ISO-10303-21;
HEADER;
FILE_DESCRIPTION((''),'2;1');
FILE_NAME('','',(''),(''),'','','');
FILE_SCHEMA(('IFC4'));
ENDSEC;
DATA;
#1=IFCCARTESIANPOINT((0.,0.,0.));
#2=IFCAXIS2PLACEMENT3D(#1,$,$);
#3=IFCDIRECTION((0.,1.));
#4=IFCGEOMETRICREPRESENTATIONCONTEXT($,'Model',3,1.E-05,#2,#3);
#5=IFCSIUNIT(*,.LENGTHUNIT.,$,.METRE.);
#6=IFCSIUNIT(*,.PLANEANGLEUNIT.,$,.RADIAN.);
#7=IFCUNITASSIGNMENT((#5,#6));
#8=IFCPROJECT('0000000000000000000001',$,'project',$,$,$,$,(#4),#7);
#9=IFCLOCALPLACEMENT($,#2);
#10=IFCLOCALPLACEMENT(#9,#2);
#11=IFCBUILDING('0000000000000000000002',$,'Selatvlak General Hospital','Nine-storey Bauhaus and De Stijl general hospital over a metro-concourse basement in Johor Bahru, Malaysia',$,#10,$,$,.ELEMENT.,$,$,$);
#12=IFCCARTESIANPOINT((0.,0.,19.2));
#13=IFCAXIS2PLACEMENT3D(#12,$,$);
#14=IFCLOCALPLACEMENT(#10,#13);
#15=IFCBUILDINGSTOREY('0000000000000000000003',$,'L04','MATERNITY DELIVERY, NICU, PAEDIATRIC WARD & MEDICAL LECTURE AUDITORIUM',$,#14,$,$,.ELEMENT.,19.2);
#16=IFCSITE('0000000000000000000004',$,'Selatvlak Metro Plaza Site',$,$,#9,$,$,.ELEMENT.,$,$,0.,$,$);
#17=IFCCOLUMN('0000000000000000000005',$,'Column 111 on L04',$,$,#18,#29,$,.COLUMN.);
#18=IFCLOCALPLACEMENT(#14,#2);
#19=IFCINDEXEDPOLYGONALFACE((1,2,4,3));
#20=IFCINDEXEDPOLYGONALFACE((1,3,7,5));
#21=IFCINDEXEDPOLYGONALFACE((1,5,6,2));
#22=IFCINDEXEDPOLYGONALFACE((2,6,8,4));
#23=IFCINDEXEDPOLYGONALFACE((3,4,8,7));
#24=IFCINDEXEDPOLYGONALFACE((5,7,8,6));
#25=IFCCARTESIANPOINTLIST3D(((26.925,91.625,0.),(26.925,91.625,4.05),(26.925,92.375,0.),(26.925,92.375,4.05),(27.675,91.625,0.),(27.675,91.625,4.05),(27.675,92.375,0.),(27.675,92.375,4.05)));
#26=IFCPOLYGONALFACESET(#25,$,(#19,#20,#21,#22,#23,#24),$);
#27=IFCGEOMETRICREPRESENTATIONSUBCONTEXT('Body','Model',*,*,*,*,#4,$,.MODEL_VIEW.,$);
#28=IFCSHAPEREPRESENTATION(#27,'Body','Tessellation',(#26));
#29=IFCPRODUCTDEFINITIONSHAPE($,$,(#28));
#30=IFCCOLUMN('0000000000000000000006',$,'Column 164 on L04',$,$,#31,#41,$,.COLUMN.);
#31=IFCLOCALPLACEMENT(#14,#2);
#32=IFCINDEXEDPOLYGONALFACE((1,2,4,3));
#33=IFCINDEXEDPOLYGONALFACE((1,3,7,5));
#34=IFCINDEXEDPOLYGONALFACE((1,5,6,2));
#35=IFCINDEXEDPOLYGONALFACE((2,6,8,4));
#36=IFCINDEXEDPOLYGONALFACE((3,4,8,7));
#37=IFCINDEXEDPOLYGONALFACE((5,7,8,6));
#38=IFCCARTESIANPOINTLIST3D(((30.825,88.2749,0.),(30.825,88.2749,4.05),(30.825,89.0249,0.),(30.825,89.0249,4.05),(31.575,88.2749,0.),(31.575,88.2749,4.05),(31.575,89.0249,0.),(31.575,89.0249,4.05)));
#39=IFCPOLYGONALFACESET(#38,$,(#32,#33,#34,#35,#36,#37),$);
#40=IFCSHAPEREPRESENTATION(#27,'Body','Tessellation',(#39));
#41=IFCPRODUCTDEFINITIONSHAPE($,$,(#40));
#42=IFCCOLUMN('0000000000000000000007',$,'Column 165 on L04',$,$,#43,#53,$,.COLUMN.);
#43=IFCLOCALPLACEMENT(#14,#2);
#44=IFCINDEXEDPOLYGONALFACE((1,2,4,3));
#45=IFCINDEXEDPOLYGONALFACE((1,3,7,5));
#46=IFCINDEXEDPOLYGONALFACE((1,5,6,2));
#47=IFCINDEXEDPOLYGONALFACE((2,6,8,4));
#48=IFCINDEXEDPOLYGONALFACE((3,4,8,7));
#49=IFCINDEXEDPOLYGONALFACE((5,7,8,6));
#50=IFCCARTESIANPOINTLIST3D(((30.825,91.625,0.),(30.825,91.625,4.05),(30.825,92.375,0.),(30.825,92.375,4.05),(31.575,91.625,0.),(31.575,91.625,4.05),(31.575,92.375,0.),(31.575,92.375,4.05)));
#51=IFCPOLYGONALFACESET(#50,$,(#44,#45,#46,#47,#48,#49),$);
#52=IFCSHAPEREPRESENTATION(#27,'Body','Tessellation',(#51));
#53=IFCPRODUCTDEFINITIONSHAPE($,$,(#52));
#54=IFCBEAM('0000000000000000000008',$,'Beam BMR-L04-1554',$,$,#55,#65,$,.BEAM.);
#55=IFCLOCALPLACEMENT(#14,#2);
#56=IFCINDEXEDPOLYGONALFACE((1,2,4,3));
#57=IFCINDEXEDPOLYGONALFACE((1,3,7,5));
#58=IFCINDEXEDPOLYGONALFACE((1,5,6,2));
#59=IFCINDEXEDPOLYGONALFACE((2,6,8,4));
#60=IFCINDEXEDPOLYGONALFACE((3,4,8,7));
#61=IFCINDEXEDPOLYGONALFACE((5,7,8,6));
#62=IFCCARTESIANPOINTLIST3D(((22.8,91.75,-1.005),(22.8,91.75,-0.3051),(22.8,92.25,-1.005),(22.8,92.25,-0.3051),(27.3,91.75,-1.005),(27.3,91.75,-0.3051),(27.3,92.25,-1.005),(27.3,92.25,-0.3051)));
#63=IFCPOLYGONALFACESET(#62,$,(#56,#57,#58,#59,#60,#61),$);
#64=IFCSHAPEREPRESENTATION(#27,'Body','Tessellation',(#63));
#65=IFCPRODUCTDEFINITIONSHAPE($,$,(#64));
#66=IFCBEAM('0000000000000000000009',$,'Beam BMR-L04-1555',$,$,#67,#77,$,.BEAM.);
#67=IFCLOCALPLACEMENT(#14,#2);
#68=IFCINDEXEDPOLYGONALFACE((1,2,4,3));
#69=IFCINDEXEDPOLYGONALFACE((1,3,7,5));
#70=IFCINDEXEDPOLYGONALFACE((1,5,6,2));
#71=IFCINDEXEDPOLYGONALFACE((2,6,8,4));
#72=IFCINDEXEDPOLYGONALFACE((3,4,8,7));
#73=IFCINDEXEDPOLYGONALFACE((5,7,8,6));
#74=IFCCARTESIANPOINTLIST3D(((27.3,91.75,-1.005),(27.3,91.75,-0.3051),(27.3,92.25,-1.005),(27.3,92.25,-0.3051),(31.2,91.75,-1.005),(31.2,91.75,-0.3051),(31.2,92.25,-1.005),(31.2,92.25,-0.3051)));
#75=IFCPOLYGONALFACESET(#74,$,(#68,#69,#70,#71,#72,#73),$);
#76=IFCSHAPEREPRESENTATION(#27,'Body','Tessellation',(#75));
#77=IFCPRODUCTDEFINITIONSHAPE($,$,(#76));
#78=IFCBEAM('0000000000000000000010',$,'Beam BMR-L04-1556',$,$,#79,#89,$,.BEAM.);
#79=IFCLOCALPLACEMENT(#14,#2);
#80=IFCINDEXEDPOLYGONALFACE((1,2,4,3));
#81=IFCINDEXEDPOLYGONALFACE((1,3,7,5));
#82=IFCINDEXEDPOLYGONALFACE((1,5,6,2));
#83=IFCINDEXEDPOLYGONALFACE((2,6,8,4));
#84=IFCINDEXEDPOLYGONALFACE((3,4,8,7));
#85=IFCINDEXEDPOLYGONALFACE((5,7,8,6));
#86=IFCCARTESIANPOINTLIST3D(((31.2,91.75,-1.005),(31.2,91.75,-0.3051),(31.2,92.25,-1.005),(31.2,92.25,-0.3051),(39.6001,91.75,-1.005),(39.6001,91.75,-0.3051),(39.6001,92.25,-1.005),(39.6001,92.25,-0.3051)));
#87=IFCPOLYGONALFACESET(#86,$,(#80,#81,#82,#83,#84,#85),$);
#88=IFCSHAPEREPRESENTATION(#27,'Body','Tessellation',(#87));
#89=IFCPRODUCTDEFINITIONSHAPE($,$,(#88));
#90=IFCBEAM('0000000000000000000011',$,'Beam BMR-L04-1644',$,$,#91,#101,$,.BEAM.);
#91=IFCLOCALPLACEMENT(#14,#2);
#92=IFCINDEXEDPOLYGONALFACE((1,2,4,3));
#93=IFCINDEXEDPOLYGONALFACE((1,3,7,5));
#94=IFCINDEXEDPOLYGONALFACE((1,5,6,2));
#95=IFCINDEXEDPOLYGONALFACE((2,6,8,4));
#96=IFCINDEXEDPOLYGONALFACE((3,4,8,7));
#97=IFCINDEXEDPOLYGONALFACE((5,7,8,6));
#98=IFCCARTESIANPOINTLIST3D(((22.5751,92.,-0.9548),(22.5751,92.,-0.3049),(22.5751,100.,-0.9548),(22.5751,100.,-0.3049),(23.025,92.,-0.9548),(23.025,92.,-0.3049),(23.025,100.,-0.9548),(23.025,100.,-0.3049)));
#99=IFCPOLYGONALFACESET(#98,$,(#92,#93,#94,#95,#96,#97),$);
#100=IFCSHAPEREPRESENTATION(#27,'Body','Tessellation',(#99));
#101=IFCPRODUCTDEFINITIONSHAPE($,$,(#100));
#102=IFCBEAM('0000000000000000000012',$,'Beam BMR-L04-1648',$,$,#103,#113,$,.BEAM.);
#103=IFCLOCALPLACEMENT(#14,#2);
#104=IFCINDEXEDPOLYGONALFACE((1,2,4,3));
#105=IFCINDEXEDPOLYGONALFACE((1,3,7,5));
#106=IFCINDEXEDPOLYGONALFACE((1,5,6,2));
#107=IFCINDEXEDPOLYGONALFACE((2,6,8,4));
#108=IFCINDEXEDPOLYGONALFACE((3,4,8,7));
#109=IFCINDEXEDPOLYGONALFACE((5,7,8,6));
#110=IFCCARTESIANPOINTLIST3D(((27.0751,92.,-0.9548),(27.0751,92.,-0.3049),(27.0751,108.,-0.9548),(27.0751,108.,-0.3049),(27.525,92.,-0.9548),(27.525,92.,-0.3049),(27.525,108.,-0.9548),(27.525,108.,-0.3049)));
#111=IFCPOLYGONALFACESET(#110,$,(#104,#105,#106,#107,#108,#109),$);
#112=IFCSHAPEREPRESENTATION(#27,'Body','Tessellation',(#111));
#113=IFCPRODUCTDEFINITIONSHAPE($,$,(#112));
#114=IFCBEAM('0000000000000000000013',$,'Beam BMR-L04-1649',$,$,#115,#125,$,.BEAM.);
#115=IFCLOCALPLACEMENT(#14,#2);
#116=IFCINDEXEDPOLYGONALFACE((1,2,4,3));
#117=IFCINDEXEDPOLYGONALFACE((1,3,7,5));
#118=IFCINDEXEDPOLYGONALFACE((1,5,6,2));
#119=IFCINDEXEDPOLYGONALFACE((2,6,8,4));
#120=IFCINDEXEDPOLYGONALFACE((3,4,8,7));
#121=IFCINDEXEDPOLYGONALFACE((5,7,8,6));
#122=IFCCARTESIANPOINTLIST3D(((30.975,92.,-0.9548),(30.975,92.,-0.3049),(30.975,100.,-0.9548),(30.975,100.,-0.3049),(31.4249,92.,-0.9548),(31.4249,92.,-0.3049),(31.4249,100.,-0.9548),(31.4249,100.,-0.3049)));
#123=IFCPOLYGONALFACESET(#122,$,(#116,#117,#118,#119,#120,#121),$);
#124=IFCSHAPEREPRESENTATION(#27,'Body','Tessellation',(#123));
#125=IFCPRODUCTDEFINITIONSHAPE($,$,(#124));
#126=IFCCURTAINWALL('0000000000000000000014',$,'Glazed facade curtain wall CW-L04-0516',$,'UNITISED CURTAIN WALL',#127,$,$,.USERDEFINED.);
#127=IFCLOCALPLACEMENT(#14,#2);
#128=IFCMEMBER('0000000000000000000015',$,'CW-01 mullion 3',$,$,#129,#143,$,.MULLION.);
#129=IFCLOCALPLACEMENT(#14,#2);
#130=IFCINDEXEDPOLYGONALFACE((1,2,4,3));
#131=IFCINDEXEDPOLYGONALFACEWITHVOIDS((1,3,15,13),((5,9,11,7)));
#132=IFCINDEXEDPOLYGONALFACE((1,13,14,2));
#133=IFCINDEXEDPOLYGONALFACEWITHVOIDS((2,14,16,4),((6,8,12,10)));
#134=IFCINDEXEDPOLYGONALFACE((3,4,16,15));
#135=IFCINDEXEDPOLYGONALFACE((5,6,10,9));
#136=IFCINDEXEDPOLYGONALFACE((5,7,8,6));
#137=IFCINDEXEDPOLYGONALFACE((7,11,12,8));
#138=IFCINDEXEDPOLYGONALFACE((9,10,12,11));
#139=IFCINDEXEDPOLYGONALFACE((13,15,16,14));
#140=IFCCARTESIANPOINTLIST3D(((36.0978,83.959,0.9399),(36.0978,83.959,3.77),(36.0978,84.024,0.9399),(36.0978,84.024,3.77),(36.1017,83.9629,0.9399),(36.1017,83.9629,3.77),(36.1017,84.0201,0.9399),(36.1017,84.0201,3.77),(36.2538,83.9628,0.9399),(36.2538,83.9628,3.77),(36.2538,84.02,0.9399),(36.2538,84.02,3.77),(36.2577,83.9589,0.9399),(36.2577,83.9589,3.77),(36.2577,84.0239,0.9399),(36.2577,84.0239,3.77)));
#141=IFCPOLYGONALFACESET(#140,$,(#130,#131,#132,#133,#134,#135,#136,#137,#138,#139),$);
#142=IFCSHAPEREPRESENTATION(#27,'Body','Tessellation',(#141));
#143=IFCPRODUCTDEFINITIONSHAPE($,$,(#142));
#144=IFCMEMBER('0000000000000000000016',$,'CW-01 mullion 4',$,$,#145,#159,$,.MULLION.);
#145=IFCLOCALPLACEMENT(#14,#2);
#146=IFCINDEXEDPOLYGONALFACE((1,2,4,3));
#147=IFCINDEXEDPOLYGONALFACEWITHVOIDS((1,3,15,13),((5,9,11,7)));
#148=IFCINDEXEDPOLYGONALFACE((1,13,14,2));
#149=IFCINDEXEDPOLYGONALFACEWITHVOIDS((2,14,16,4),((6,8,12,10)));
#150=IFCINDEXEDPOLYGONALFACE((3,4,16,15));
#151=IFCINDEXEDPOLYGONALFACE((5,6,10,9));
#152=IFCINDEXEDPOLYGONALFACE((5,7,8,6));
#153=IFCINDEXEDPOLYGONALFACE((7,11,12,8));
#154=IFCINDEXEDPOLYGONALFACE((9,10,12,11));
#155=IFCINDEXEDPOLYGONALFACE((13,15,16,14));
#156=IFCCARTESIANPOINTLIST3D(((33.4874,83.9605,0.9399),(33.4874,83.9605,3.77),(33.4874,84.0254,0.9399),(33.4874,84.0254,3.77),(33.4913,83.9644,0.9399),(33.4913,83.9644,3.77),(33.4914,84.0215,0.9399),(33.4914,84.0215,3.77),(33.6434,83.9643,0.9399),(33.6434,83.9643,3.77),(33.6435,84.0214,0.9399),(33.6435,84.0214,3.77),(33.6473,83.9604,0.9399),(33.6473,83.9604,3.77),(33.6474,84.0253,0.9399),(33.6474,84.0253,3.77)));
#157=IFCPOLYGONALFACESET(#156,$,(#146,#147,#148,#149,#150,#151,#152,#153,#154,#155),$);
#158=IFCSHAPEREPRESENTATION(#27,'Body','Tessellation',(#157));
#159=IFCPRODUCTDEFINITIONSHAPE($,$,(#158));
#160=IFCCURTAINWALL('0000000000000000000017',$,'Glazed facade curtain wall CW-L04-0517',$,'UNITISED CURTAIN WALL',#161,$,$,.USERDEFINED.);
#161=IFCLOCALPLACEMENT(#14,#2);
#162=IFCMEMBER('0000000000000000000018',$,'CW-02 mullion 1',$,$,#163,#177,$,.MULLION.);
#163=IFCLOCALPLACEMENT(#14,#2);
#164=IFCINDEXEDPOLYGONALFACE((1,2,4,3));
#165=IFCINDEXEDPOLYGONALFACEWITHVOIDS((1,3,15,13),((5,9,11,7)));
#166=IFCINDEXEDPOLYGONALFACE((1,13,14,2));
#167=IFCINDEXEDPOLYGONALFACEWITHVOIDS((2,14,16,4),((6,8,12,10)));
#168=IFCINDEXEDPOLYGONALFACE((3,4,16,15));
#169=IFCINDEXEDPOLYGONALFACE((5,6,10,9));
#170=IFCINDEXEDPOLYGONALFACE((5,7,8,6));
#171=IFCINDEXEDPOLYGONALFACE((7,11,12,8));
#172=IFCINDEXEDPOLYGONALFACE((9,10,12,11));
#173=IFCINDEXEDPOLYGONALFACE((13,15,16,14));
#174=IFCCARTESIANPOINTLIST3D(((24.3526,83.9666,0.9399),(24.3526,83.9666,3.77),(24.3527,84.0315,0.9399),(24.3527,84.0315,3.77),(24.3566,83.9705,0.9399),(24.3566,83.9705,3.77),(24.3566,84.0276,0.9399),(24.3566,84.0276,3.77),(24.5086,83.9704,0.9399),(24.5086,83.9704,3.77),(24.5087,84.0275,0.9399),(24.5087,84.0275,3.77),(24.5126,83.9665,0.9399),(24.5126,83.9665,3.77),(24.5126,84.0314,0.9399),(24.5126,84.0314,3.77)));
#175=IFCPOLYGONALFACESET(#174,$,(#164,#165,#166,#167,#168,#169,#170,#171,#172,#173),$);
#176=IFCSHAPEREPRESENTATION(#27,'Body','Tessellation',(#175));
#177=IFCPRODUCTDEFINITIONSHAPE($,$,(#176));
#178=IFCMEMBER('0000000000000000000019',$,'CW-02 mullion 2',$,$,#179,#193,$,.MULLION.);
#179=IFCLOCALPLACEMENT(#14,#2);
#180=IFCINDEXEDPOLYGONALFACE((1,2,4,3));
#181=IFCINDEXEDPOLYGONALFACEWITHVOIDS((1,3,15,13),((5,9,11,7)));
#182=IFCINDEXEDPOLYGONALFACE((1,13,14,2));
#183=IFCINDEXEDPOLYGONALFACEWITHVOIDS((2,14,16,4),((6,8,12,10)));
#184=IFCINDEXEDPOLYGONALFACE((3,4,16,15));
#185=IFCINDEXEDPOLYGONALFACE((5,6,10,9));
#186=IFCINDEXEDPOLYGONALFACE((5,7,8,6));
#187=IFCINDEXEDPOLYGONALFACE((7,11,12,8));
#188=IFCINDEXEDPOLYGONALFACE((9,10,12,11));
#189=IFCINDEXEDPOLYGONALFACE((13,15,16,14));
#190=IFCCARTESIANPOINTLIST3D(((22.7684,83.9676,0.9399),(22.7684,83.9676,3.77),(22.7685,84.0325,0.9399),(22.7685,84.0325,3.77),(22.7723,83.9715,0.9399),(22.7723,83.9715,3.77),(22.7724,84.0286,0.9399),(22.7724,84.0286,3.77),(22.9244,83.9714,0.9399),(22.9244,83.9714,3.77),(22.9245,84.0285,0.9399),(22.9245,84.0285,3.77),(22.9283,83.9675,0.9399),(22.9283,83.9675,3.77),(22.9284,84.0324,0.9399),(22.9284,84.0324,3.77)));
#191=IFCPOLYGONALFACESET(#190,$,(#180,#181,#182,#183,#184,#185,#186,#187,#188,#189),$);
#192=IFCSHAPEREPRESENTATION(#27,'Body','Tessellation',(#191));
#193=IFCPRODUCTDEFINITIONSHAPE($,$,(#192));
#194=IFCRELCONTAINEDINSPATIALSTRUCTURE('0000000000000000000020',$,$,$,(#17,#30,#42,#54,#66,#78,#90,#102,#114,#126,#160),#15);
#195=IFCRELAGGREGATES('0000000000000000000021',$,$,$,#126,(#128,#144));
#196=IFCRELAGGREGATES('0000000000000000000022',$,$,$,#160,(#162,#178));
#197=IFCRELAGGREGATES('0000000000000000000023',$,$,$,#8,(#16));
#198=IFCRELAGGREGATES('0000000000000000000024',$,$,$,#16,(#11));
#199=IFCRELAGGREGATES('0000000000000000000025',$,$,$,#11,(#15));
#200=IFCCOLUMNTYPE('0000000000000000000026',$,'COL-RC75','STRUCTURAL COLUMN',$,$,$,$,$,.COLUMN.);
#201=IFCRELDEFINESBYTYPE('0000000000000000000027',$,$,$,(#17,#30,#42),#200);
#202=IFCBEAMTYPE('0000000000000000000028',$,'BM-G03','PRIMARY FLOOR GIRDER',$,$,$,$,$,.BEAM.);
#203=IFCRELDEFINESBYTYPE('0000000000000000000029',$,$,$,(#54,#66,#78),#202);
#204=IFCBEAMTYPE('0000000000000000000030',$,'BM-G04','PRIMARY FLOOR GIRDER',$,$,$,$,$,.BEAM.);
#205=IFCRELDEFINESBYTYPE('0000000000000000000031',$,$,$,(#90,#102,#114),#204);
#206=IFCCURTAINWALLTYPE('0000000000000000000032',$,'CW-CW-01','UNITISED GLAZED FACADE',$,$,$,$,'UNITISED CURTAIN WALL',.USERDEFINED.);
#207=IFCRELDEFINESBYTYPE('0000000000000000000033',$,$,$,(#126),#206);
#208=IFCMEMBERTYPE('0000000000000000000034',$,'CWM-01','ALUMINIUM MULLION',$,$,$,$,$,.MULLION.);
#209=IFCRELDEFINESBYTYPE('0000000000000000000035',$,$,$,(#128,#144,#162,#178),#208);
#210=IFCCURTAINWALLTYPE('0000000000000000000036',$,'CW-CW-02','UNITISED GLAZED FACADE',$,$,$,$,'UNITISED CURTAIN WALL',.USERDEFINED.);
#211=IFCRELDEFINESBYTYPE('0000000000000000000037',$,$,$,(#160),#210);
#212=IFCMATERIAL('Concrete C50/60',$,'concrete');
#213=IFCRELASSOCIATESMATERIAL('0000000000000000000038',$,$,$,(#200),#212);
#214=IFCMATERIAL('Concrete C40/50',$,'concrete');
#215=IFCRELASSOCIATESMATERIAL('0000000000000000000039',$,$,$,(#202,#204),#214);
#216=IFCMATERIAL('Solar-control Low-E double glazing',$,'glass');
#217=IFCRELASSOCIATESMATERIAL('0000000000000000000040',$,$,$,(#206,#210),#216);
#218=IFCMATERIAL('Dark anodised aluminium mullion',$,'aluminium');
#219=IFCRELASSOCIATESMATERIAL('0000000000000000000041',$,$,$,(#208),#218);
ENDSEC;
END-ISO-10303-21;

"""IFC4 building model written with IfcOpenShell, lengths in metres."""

from ifc_helpers import new_model, si_unit, direction, frame, origin, origin_2d, place, context, subcontext, project, spatial, rectangle, hollow_rectangle, extrude, material, material_profile, profile_set, type_object, element, aggregate, save


model = new_model("IFC4")

# Units and contexts
model_context = context("Model", 3, precision=1e-05, world=origin(), true_north=direction((0.0, 1.0)))
body_context = subcontext(model_context, "Body", "Model", "MODEL_VIEW")
ifc_project = project(units=[si_unit("LENGTHUNIT", "METRE"), si_unit("PLANEANGLEUNIT", "RADIAN")], contexts=[model_context])

# Site, building, storey
site_placement = place(None, origin())
site = spatial("IfcSite", under=ifc_project, at=site_placement, Name="Selatvlak Metro Plaza Site", CompositionType="ELEMENT", RefElevation=0.0)
building_placement = place(site_placement, origin())
building = spatial("IfcBuilding", under=site, at=building_placement, Name="Selatvlak General Hospital", Description="Nine-storey Bauhaus and De Stijl general hospital over a metro-concourse basement in Johor Bahru, Malaysia", CompositionType="ELEMENT")
storey_placement = place(building_placement, frame((0.0, 0.0, 19.2)))
storey = spatial("IfcBuildingStorey", under=building, at=storey_placement, Name="L04", Description="MATERNITY DELIVERY, NICU, PAEDIATRIC WARD & MEDICAL LECTURE AUDITORIUM", CompositionType="ELEMENT", Elevation=19.2)

# Columns
ifc_material_1 = material(Name="Concrete C50/60", Category="concrete")
ifc_material_profile_1 = material_profile(ifc_material_1, rectangle(XDim=0.75, YDim=0.75, at=origin_2d()), Name="RC-COL 750x750")
ifc_profile_set_1 = profile_set([ifc_material_profile_1], Name="Concrete C50/60")
column_type = type_object("IfcColumnType", Name="COL-RC75", Description="STRUCTURAL COLUMN", PredefinedType="COLUMN", material=ifc_profile_set_1)
for number, where, z_axis, x_axis, name in (
    (1, (27.3, 92.0, 0.0), (0.0, 0.0, 1.0), (1.0, 0.0, 0.0), "Column 111 on L04"),
    (2, (31.2, 88.6499, 0.0), (0.0, 0.0, 1.0), (1.0, 0.0, 0.0), "Column 164 on L04"),
    (3, (31.2, 92.0, 0.0), (0.0, 0.0, 1.0), (1.0, 0.0, 0.0), "Column 165 on L04"),
):
    element("IfcColumn", number, at=place(storey_placement, frame(where, z_axis=z_axis, x_axis=x_axis)), inside=storey, type_object=column_type, Name=name, PredefinedType="COLUMN", context=body_context, shape_type="SweptSolid", body=[
        extrude(rectangle(XDim=0.75, YDim=0.75, at=origin_2d()), origin(), (0.0, 0.0, 1.0), 4.05),
    ])

# Beams
ifc_material_2 = material(Name="Concrete C40/50", Category="concrete")
ifc_material_profile_2 = material_profile(ifc_material_2, rectangle(XDim=0.5, YDim=0.7, at=origin_2d()), Name="RC-BM 500x700")
ifc_profile_set_2 = profile_set([ifc_material_profile_2], Name="Concrete C40/50")
beam_type_1 = type_object("IfcBeamType", Name="BM-G03", Description="PRIMARY FLOOR GIRDER", PredefinedType="BEAM", material=ifc_profile_set_2)
beam_1_placement = place(storey_placement, frame((22.8, 92.0, -0.655), z_axis=(1.0, 0.0, 0.0), x_axis=(0.0, 1.0, 0.0)))
element("IfcBeam", 4, at=beam_1_placement, inside=storey, type_object=beam_type_1, Name="Beam BMR-L04-1554", PredefinedType="BEAM", context=body_context, shape_type="SweptSolid", body=[
    extrude(rectangle(XDim=0.5, YDim=0.7, at=origin_2d()), origin(), (0.0, 0.0, 1.0), 4.5),
])
beam_2_placement = place(storey_placement, frame((27.3, 92.0, -0.655), z_axis=(1.0, 0.0, 0.0), x_axis=(0.0, 1.0, 0.0)))
element("IfcBeam", 5, at=beam_2_placement, inside=storey, type_object=beam_type_1, Name="Beam BMR-L04-1555", PredefinedType="BEAM", context=body_context, shape_type="SweptSolid", body=[
    extrude(rectangle(XDim=0.5, YDim=0.7, at=origin_2d()), origin(), (0.0, 0.0, 1.0), 3.8999),
])
beam_3_placement = place(storey_placement, frame((31.2, 92.0, -0.655), z_axis=(1.0, 0.0, 0.0), x_axis=(0.0, 1.0, 0.0)))
element("IfcBeam", 6, at=beam_3_placement, inside=storey, type_object=beam_type_1, Name="Beam BMR-L04-1556", PredefinedType="BEAM", context=body_context, shape_type="SweptSolid", body=[
    extrude(rectangle(XDim=0.5, YDim=0.7, at=origin_2d()), origin(), (0.0, 0.0, 1.0), 8.4001),
])
ifc_material_profile_3 = material_profile(ifc_material_2, rectangle(XDim=0.45, YDim=0.6499, at=origin_2d()), Name="RC-BM 450x650")
ifc_profile_set_3 = profile_set([ifc_material_profile_3], Name="Concrete C40/50")
beam_type_2 = type_object("IfcBeamType", Name="BM-G04", Description="PRIMARY FLOOR GIRDER", PredefinedType="BEAM", material=ifc_profile_set_3)
beam_4_placement = place(storey_placement, frame((22.8, 92.0, -0.6299), z_axis=(0.0, 1.0, 0.0), x_axis=(-1.0, 0.0, 0.0)))
element("IfcBeam", 7, at=beam_4_placement, inside=storey, type_object=beam_type_2, Name="Beam BMR-L04-1644", PredefinedType="BEAM", context=body_context, shape_type="SweptSolid", body=[
    extrude(rectangle(XDim=0.45, YDim=0.6499, at=origin_2d()), origin(), (0.0, 0.0, 1.0), 8.0),
])
beam_5_placement = place(storey_placement, frame((27.3, 92.0, -0.6299), z_axis=(0.0, 1.0, 0.0), x_axis=(-1.0, 0.0, 0.0)))
element("IfcBeam", 8, at=beam_5_placement, inside=storey, type_object=beam_type_2, Name="Beam BMR-L04-1648", PredefinedType="BEAM", context=body_context, shape_type="SweptSolid", body=[
    extrude(rectangle(XDim=0.45, YDim=0.6499, at=origin_2d()), origin(), (0.0, 0.0, 1.0), 16.0),
])
beam_6_placement = place(storey_placement, frame((31.2, 92.0, -0.6299), z_axis=(0.0, 1.0, 0.0), x_axis=(-1.0, 0.0, 0.0)))
element("IfcBeam", 9, at=beam_6_placement, inside=storey, type_object=beam_type_2, Name="Beam BMR-L04-1649", PredefinedType="BEAM", context=body_context, shape_type="SweptSolid", body=[
    extrude(rectangle(XDim=0.45, YDim=0.6499, at=origin_2d()), origin(), (0.0, 0.0, 1.0), 8.0),
])

# Curtain walls, members
ifc_material_3 = material(Name="Solar-control Low-E double glazing", Category="glass")
curtain_wall_type_1 = type_object("IfcCurtainWallType", Name="CW-CW-01", Description="UNITISED GLAZED FACADE", ElementType="UNITISED CURTAIN WALL", PredefinedType="USERDEFINED", material=ifc_material_3)
curtain_wall_1_placement = place(storey_placement, origin())
curtain_wall_1 = element("IfcCurtainWall", 10, at=curtain_wall_1_placement, inside=storey, type_object=curtain_wall_type_1, Name="Glazed facade curtain wall CW-L04-0516", ObjectType="UNITISED CURTAIN WALL", PredefinedType="USERDEFINED")
ifc_material_4 = material(Name="Dark anodised aluminium mullion", Category="aluminium")
ifc_material_profile_4 = material_profile(ifc_material_4, hollow_rectangle(XDim=0.0649, YDim=0.1599, WallThickness=0.0039, at=origin_2d()), Name="AL-MUL 65x160x4")
ifc_profile_set_4 = profile_set([ifc_material_profile_4], Name="Dark anodised aluminium mullion")
member_type_1 = type_object("IfcMemberType", Name="CWM-01", Description="ALUMINIUM MULLION", PredefinedType="MULLION", material=ifc_profile_set_4)
member_1_placement = place(storey_placement, frame((36.1777, 83.9915, 0.9399), z_axis=(0.0, 0.0, 1.0), x_axis=(-0.000631, -1.0, 0.0)))
member_1 = element("IfcMember", 11, at=member_1_placement, type_object=member_type_1, Name="CW-01 mullion 3", PredefinedType="MULLION", context=body_context, shape_type="SweptSolid", body=[
    extrude(hollow_rectangle(XDim=0.0649, YDim=0.1599, WallThickness=0.0039, at=origin_2d()), origin(), (0.0, 0.0, 1.0), 2.8301),
])
member_2_placement = place(storey_placement, frame((33.5674, 83.9929, 0.9399), z_axis=(0.0, 0.0, 1.0), x_axis=(-0.000631, -1.0, 0.0)))
member_2 = element("IfcMember", 12, at=member_2_placement, type_object=member_type_1, Name="CW-01 mullion 4", PredefinedType="MULLION", context=body_context, shape_type="SweptSolid", body=[
    extrude(hollow_rectangle(XDim=0.0649, YDim=0.1599, WallThickness=0.0039, at=origin_2d()), origin(), (0.0, 0.0, 1.0), 2.8301),
])
curtain_wall_type_2 = type_object("IfcCurtainWallType", Name="CW-CW-02", Description="UNITISED GLAZED FACADE", ElementType="UNITISED CURTAIN WALL", PredefinedType="USERDEFINED", material=ifc_material_3)
curtain_wall_2_placement = place(storey_placement, origin())
curtain_wall_2 = element("IfcCurtainWall", 13, at=curtain_wall_2_placement, inside=storey, type_object=curtain_wall_type_2, Name="Glazed facade curtain wall CW-L04-0517", ObjectType="UNITISED CURTAIN WALL", PredefinedType="USERDEFINED")
member_3_placement = place(storey_placement, frame((24.4326, 83.999, 0.9399), z_axis=(0.0, 0.0, 1.0), x_axis=(-0.000606, -1.0, 0.0)))
member_3 = element("IfcMember", 14, at=member_3_placement, type_object=member_type_1, Name="CW-02 mullion 1", PredefinedType="MULLION", context=body_context, shape_type="SweptSolid", body=[
    extrude(hollow_rectangle(XDim=0.0649, YDim=0.1599, WallThickness=0.0039, at=origin_2d()), origin(), (0.0, 0.0, 1.0), 2.8301),
])
member_4_placement = place(storey_placement, frame((22.8484, 84.0, 0.9399), z_axis=(0.0, 0.0, 1.0), x_axis=(-0.000606, -1.0, 0.0)))
member_4 = element("IfcMember", 15, at=member_4_placement, type_object=member_type_1, Name="CW-02 mullion 2", PredefinedType="MULLION", context=body_context, shape_type="SweptSolid", body=[
    extrude(hollow_rectangle(XDim=0.0649, YDim=0.1599, WallThickness=0.0039, at=origin_2d()), origin(), (0.0, 0.0, 1.0), 2.8301),
])

aggregate(curtain_wall_1, [member_1, member_2])
aggregate(curtain_wall_2, [member_3, member_4])

save(model, "model.ifc")
